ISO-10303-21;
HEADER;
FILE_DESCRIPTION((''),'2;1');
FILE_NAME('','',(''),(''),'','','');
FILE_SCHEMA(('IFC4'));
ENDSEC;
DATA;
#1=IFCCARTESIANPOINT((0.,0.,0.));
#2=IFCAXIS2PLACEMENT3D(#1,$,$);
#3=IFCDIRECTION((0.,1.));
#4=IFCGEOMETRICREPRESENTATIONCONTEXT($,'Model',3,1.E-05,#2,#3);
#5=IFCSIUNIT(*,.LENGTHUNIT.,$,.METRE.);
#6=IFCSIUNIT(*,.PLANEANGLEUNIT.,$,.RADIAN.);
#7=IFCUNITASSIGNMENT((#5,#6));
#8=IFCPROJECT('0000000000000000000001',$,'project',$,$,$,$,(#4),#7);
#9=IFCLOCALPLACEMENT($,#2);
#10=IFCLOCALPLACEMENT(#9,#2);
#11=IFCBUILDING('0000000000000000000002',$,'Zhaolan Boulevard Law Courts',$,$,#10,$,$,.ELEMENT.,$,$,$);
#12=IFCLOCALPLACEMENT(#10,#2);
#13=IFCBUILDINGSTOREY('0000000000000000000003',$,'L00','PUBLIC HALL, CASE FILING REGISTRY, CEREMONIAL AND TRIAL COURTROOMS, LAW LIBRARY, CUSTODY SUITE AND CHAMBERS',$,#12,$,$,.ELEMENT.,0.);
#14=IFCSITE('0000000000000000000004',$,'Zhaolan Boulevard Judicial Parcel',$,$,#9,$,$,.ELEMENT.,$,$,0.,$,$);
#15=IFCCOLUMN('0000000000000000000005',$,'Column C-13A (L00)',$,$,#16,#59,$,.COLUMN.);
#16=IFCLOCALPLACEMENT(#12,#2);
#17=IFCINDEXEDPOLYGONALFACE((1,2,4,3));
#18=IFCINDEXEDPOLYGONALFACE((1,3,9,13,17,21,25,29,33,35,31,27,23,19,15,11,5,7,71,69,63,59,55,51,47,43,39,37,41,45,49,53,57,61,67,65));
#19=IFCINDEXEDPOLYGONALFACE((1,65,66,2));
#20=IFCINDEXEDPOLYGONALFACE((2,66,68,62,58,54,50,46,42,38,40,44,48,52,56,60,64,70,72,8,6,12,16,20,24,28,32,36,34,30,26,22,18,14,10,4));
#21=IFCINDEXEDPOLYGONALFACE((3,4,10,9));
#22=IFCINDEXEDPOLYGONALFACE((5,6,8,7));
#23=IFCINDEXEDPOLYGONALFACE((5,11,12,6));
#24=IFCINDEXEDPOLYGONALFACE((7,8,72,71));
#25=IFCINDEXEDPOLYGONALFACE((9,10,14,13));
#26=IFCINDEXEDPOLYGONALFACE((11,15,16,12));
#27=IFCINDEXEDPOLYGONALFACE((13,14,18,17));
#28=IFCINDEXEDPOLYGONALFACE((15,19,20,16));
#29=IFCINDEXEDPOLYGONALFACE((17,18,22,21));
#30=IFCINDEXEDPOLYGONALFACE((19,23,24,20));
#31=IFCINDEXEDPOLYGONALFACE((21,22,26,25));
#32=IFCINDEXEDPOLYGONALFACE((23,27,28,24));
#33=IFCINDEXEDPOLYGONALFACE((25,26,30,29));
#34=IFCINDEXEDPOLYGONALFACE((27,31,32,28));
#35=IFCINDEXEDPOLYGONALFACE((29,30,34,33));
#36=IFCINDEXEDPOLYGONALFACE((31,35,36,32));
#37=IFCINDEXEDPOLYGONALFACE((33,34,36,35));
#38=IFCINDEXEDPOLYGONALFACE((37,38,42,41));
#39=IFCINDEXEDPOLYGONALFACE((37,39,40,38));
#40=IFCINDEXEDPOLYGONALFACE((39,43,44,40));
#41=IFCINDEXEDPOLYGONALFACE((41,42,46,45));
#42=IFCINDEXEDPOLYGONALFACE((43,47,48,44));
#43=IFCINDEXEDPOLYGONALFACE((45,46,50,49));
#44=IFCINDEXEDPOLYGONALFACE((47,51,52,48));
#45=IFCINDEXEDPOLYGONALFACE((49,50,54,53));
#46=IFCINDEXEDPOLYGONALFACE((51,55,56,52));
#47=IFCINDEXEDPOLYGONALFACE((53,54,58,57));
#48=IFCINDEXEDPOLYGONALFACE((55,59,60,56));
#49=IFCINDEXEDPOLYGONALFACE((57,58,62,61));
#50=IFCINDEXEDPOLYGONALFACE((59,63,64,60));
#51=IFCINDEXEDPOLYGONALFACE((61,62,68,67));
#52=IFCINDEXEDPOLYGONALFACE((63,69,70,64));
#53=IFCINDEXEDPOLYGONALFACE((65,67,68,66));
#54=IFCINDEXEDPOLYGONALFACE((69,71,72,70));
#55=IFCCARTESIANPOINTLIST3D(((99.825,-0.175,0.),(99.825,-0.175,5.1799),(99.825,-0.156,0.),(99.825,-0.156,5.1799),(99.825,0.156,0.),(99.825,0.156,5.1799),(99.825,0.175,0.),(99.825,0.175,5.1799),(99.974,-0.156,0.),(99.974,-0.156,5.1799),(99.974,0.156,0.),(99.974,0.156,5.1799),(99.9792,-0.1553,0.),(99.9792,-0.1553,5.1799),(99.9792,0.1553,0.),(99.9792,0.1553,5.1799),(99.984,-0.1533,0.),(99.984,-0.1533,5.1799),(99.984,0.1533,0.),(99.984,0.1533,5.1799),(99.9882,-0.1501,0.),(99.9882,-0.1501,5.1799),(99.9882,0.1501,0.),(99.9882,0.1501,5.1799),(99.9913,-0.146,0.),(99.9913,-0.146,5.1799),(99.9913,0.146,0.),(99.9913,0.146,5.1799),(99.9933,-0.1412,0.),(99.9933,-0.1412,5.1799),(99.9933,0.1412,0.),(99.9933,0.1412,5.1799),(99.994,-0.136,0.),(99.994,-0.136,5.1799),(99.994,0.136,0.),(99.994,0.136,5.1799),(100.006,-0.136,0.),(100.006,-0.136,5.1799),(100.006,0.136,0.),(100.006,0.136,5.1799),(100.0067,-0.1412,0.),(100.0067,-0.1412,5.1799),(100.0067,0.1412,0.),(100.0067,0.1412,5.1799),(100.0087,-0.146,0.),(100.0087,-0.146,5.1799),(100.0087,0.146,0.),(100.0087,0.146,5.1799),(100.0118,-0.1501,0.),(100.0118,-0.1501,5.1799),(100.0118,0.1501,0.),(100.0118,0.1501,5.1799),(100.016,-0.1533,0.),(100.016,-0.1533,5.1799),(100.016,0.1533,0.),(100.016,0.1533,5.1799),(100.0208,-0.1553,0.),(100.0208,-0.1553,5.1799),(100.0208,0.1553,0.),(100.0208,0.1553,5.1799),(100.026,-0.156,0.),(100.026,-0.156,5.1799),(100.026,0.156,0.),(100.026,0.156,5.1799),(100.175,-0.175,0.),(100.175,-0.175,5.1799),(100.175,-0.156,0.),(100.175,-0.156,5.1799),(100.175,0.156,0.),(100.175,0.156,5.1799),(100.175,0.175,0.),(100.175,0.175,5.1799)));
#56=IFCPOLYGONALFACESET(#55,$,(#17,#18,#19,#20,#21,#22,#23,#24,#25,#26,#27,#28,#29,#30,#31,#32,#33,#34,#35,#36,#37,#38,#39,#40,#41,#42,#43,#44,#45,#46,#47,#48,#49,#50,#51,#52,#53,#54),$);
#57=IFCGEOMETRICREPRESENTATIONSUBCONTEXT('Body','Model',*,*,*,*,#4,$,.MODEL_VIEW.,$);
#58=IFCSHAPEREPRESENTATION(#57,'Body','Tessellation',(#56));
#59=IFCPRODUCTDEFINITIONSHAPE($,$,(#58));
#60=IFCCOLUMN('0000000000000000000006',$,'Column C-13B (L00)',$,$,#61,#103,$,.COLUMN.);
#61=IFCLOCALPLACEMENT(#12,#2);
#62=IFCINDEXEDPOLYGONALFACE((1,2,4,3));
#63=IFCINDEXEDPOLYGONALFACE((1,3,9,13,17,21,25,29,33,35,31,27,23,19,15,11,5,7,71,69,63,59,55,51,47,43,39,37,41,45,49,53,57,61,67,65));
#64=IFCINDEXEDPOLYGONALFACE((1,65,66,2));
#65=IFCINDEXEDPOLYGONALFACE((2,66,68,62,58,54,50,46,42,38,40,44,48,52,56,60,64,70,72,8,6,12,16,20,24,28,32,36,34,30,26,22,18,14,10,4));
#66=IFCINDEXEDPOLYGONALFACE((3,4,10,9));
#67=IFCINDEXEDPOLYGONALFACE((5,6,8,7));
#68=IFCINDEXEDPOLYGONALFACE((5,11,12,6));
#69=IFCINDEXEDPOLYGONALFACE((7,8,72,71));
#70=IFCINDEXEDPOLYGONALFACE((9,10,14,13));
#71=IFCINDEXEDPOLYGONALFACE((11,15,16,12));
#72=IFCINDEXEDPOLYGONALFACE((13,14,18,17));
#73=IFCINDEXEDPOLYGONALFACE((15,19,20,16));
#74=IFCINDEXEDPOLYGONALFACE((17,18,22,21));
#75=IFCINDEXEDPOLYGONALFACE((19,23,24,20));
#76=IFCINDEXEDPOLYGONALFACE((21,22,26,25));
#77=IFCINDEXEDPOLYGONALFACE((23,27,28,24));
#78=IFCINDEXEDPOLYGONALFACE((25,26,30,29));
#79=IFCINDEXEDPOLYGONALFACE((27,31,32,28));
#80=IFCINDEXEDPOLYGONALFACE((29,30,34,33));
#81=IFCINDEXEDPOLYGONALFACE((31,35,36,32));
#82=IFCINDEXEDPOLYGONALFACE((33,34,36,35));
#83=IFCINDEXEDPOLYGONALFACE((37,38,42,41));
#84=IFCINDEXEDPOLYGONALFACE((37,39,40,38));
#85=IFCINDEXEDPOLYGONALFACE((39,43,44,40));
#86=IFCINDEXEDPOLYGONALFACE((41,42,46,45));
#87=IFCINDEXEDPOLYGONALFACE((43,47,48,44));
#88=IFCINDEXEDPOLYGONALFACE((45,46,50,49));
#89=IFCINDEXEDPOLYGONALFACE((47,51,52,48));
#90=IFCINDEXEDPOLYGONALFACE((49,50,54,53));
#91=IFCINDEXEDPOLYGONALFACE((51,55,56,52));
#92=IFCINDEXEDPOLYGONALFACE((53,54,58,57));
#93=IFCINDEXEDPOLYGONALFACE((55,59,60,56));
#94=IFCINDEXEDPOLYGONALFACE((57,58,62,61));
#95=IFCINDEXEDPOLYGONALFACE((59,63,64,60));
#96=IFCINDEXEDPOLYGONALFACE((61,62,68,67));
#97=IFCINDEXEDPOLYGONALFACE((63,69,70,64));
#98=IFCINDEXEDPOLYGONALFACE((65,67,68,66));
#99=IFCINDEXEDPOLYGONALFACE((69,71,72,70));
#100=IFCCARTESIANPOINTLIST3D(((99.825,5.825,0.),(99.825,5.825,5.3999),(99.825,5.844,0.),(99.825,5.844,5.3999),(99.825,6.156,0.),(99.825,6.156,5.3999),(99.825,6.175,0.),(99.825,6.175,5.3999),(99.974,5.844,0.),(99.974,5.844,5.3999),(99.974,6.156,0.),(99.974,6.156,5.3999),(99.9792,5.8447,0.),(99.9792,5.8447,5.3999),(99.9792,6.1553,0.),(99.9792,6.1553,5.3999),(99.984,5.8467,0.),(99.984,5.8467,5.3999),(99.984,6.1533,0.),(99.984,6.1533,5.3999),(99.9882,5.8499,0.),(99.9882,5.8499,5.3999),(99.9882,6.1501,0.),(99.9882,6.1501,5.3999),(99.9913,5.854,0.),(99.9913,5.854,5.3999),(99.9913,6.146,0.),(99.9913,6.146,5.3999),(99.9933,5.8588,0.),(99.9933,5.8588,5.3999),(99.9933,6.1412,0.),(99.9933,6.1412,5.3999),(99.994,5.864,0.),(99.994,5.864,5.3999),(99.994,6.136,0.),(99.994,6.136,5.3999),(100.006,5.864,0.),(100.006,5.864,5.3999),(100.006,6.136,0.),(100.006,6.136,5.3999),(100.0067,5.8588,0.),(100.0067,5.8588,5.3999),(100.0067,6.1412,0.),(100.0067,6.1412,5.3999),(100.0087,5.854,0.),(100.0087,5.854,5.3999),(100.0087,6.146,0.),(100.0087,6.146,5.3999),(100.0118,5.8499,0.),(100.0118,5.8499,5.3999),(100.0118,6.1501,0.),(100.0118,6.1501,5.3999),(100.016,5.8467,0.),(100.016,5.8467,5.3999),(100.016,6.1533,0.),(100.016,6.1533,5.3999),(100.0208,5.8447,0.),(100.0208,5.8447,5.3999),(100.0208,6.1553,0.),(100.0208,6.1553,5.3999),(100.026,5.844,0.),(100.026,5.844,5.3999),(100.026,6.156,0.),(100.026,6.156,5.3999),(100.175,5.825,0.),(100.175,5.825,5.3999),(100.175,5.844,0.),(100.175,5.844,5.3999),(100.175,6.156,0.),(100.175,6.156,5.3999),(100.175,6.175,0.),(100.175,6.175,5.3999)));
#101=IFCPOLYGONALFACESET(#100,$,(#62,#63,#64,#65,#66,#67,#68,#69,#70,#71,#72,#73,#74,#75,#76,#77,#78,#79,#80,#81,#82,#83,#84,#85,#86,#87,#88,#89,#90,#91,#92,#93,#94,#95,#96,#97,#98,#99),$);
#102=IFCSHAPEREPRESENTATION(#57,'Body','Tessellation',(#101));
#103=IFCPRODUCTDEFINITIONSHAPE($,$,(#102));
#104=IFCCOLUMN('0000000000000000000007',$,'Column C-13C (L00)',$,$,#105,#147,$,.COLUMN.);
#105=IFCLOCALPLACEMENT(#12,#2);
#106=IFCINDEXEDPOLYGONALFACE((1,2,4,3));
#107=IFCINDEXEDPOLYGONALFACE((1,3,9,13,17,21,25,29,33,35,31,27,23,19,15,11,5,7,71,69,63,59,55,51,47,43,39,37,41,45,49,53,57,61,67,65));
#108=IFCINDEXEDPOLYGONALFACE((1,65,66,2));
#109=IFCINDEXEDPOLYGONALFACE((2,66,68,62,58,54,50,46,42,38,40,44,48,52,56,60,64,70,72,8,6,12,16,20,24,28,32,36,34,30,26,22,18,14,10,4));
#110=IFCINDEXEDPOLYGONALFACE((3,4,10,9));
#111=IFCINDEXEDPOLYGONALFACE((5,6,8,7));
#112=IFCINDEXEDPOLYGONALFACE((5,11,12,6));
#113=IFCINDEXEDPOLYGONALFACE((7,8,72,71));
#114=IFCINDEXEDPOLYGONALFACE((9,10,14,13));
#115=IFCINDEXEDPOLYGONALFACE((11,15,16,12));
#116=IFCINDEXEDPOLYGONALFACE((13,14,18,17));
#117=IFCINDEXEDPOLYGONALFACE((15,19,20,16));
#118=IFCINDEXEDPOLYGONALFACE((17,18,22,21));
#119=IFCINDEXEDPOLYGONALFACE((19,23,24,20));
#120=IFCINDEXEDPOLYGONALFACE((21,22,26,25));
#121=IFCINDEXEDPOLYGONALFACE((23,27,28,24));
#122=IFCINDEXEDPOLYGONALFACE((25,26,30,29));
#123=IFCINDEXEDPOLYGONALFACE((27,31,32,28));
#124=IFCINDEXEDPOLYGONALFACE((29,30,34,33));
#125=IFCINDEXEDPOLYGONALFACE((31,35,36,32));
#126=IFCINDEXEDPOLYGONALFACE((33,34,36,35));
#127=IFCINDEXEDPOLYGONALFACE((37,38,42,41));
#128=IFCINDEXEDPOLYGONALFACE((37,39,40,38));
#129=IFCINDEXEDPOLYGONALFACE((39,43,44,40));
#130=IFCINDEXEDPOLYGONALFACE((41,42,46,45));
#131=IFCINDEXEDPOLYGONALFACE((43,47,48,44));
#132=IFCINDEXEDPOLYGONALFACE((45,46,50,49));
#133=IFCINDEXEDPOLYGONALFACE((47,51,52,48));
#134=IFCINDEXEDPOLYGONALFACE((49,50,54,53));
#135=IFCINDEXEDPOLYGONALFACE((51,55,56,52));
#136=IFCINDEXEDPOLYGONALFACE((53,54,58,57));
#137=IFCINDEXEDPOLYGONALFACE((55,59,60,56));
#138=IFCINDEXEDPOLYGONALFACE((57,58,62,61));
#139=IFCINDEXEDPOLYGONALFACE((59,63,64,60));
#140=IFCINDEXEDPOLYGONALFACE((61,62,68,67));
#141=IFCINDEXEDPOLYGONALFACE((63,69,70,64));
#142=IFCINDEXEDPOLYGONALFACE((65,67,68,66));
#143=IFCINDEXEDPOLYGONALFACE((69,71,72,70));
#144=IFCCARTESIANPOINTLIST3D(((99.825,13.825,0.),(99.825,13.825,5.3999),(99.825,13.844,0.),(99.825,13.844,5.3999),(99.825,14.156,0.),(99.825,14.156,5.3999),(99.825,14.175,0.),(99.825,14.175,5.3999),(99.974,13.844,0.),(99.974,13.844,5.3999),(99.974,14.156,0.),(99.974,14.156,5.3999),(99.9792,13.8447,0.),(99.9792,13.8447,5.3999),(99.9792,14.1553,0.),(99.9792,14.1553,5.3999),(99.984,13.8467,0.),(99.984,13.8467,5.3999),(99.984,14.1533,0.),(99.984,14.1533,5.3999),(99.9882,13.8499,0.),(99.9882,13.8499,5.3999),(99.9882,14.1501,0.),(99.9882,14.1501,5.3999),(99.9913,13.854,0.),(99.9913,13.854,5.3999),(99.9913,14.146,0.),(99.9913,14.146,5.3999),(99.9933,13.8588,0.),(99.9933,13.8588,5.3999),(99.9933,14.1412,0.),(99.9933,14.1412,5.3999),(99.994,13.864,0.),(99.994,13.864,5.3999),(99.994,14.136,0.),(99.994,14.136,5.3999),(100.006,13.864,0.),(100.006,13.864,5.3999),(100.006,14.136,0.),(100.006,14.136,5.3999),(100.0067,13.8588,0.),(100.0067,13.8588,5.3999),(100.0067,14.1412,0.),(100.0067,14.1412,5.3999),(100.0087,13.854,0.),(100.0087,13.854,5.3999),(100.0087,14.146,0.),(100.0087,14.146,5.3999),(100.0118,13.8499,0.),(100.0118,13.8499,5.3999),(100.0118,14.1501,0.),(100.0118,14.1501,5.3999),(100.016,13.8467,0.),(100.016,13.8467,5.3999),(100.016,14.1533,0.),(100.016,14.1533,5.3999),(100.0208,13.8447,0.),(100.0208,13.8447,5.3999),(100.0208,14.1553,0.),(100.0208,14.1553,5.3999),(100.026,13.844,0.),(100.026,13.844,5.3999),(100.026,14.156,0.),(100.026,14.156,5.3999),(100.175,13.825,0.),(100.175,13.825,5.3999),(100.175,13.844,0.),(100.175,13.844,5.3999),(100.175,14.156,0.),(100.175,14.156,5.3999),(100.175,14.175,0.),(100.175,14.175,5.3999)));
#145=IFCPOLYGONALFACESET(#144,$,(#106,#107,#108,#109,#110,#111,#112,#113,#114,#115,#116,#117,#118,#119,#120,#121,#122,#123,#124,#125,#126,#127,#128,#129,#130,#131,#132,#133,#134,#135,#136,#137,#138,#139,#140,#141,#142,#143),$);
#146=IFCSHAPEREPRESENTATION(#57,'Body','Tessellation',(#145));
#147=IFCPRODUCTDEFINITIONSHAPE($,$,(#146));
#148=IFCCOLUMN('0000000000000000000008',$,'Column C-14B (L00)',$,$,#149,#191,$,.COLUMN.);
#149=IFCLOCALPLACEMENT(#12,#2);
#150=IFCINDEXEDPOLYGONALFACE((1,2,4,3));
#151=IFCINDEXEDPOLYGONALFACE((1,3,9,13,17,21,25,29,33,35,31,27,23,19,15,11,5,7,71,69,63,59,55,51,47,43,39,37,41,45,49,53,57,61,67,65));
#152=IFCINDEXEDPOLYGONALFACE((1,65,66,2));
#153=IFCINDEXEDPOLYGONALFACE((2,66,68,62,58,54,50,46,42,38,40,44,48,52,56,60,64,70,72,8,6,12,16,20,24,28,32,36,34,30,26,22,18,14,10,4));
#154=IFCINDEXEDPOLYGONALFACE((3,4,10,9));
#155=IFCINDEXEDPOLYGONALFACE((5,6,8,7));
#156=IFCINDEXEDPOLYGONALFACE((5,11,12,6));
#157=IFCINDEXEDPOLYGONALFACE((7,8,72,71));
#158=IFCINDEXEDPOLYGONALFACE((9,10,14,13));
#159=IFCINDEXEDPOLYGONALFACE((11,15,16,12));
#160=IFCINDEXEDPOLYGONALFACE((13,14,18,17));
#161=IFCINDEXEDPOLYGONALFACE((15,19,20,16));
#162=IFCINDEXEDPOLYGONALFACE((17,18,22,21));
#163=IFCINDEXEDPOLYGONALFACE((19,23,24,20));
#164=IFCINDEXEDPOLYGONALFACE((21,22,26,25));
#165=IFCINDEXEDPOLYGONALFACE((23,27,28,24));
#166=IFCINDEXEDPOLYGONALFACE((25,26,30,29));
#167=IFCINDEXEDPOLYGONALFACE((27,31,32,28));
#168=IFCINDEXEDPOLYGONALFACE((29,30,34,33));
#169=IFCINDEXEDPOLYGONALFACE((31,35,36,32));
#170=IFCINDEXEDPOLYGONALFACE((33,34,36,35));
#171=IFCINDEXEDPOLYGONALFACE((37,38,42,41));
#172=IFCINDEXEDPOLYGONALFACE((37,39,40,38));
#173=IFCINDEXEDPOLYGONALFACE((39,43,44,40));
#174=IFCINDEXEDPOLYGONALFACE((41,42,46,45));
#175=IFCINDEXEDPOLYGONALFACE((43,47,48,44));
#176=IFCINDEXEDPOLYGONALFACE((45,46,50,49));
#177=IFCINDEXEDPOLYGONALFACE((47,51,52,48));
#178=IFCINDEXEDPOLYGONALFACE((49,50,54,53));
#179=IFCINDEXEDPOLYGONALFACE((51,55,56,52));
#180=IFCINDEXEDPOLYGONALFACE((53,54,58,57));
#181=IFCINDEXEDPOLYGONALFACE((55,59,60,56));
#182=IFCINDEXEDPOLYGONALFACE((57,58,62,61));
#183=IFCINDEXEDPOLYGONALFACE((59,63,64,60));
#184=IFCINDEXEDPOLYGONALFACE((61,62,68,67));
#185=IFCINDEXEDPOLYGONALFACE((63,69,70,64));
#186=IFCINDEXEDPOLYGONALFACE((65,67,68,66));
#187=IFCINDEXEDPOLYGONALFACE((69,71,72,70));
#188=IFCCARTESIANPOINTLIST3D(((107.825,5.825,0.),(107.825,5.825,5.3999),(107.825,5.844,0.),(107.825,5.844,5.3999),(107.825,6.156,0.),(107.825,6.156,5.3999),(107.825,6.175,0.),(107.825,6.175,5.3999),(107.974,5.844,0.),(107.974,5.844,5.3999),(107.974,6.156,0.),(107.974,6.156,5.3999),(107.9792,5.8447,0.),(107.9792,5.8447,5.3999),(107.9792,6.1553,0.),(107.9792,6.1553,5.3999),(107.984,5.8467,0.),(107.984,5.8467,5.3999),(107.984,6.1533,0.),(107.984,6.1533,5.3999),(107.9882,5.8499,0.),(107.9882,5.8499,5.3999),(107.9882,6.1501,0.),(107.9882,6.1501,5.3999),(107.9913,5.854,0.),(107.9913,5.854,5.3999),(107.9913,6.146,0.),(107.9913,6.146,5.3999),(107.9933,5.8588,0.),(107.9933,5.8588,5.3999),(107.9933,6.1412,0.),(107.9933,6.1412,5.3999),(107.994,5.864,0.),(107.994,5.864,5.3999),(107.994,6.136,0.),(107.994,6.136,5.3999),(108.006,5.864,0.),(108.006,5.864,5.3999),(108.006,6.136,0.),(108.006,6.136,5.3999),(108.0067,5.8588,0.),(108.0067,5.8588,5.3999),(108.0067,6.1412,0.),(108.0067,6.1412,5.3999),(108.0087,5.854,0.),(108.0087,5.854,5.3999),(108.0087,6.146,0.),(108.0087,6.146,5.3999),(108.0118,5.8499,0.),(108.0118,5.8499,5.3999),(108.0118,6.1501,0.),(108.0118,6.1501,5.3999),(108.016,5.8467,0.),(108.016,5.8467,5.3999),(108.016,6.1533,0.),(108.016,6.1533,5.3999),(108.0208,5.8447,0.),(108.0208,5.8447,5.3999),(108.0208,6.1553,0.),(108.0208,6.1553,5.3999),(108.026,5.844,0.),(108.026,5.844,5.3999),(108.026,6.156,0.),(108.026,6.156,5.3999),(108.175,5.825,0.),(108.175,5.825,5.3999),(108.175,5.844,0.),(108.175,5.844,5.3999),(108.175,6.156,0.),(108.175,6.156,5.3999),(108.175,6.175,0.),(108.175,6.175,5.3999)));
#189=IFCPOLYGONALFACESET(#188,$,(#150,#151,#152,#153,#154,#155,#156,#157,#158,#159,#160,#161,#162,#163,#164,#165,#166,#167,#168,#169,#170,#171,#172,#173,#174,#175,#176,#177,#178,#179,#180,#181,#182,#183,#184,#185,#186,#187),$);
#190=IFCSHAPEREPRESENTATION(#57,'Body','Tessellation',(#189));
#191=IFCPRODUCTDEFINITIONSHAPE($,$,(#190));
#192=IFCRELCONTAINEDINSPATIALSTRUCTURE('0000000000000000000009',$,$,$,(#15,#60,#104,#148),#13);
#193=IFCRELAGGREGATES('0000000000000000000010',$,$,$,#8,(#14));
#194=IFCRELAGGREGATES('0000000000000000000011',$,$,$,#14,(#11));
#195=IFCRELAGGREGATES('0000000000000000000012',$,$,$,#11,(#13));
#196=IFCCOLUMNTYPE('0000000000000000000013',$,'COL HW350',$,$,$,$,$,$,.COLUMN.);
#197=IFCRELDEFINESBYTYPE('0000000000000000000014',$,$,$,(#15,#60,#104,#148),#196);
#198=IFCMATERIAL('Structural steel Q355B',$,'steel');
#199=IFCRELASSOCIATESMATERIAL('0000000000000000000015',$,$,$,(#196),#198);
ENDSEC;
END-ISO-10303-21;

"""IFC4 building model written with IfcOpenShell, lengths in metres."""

from ifc_helpers import new_model, si_unit, direction, frame, origin, origin_2d, place, context, subcontext, project, spatial, i_section, extrude, material, material_profile, profile_set, type_object, element, save


model = new_model("IFC4")

# Units and contexts
model_context = context("Model", 3, precision=1e-05, world=origin(), true_north=direction((0.0, 1.0)))
body_context = subcontext(model_context, "Body", "Model", "MODEL_VIEW")
ifc_project = project(units=[si_unit("LENGTHUNIT", "METRE"), si_unit("PLANEANGLEUNIT", "RADIAN")], contexts=[model_context])

# Site, building, storey
site_placement = place(None, origin())
site = spatial("IfcSite", under=ifc_project, at=site_placement, Name="Zhaolan Boulevard Judicial Parcel", CompositionType="ELEMENT", RefElevation=0.0)
building_placement = place(site_placement, origin())
building = spatial("IfcBuilding", under=site, at=building_placement, Name="Zhaolan Boulevard Law Courts", CompositionType="ELEMENT")
storey_placement = place(building_placement, origin())
storey = spatial("IfcBuildingStorey", under=building, at=storey_placement, Name="L00", Description="PUBLIC HALL, CASE FILING REGISTRY, CEREMONIAL AND TRIAL COURTROOMS, LAW LIBRARY, CUSTODY SUITE AND CHAMBERS", CompositionType="ELEMENT", Elevation=0.0)

# Columns
ifc_material_1 = material(Name="Structural steel Q355B", Category="steel")
ifc_material_profile_1 = material_profile(ifc_material_1, i_section(OverallWidth=0.3501, OverallDepth=0.3501, WebThickness=0.012, FlangeThickness=0.019, FilletRadius=0.02, at=origin_2d()), Name="HW350x350")
ifc_profile_set_1 = profile_set([ifc_material_profile_1], Name="Structural steel Q355B")
column_type = type_object("IfcColumnType", Name="COL HW350", PredefinedType="COLUMN", material=ifc_profile_set_1)
column_placement = place(storey_placement, frame((100.0, 0.0, 0.0), z_axis=(0.0, 0.0, 1.0), x_axis=(1.0, 0.0, 0.0)))
element("IfcColumn", 1, at=column_placement, inside=storey, type_object=column_type, Name="Column C-13A (L00)", PredefinedType="COLUMN", context=body_context, shape_type="SweptSolid", body=[
    extrude(i_section(OverallWidth=0.3501, OverallDepth=0.3501, WebThickness=0.012, FlangeThickness=0.019, FilletRadius=0.02, at=origin_2d()), origin(), (0.0, 0.0, 1.0), 5.1799),
])
for number, where, z_axis, x_axis, name in (
    (2, (100.0, 6.0, 0.0), (0.0, 0.0, 1.0), (1.0, 0.0, 0.0), "Column C-13B (L00)"),
    (3, (100.0, 14.0, 0.0), (0.0, 0.0, 1.0), (1.0, 0.0, 0.0), "Column C-13C (L00)"),
    (4, (108.0, 6.0, 0.0), (0.0, 0.0, 1.0), (1.0, 0.0, 0.0), "Column C-14B (L00)"),
):
    element("IfcColumn", number, at=place(storey_placement, frame(where, z_axis=z_axis, x_axis=x_axis)), inside=storey, type_object=column_type, Name=name, PredefinedType="COLUMN", context=body_context, shape_type="SweptSolid", body=[
        extrude(i_section(OverallWidth=0.3501, OverallDepth=0.3501, WebThickness=0.012, FlangeThickness=0.019, FilletRadius=0.02, at=origin_2d()), origin(), (0.0, 0.0, 1.0), 5.3999),
    ])

save(model, "model.ifc")
